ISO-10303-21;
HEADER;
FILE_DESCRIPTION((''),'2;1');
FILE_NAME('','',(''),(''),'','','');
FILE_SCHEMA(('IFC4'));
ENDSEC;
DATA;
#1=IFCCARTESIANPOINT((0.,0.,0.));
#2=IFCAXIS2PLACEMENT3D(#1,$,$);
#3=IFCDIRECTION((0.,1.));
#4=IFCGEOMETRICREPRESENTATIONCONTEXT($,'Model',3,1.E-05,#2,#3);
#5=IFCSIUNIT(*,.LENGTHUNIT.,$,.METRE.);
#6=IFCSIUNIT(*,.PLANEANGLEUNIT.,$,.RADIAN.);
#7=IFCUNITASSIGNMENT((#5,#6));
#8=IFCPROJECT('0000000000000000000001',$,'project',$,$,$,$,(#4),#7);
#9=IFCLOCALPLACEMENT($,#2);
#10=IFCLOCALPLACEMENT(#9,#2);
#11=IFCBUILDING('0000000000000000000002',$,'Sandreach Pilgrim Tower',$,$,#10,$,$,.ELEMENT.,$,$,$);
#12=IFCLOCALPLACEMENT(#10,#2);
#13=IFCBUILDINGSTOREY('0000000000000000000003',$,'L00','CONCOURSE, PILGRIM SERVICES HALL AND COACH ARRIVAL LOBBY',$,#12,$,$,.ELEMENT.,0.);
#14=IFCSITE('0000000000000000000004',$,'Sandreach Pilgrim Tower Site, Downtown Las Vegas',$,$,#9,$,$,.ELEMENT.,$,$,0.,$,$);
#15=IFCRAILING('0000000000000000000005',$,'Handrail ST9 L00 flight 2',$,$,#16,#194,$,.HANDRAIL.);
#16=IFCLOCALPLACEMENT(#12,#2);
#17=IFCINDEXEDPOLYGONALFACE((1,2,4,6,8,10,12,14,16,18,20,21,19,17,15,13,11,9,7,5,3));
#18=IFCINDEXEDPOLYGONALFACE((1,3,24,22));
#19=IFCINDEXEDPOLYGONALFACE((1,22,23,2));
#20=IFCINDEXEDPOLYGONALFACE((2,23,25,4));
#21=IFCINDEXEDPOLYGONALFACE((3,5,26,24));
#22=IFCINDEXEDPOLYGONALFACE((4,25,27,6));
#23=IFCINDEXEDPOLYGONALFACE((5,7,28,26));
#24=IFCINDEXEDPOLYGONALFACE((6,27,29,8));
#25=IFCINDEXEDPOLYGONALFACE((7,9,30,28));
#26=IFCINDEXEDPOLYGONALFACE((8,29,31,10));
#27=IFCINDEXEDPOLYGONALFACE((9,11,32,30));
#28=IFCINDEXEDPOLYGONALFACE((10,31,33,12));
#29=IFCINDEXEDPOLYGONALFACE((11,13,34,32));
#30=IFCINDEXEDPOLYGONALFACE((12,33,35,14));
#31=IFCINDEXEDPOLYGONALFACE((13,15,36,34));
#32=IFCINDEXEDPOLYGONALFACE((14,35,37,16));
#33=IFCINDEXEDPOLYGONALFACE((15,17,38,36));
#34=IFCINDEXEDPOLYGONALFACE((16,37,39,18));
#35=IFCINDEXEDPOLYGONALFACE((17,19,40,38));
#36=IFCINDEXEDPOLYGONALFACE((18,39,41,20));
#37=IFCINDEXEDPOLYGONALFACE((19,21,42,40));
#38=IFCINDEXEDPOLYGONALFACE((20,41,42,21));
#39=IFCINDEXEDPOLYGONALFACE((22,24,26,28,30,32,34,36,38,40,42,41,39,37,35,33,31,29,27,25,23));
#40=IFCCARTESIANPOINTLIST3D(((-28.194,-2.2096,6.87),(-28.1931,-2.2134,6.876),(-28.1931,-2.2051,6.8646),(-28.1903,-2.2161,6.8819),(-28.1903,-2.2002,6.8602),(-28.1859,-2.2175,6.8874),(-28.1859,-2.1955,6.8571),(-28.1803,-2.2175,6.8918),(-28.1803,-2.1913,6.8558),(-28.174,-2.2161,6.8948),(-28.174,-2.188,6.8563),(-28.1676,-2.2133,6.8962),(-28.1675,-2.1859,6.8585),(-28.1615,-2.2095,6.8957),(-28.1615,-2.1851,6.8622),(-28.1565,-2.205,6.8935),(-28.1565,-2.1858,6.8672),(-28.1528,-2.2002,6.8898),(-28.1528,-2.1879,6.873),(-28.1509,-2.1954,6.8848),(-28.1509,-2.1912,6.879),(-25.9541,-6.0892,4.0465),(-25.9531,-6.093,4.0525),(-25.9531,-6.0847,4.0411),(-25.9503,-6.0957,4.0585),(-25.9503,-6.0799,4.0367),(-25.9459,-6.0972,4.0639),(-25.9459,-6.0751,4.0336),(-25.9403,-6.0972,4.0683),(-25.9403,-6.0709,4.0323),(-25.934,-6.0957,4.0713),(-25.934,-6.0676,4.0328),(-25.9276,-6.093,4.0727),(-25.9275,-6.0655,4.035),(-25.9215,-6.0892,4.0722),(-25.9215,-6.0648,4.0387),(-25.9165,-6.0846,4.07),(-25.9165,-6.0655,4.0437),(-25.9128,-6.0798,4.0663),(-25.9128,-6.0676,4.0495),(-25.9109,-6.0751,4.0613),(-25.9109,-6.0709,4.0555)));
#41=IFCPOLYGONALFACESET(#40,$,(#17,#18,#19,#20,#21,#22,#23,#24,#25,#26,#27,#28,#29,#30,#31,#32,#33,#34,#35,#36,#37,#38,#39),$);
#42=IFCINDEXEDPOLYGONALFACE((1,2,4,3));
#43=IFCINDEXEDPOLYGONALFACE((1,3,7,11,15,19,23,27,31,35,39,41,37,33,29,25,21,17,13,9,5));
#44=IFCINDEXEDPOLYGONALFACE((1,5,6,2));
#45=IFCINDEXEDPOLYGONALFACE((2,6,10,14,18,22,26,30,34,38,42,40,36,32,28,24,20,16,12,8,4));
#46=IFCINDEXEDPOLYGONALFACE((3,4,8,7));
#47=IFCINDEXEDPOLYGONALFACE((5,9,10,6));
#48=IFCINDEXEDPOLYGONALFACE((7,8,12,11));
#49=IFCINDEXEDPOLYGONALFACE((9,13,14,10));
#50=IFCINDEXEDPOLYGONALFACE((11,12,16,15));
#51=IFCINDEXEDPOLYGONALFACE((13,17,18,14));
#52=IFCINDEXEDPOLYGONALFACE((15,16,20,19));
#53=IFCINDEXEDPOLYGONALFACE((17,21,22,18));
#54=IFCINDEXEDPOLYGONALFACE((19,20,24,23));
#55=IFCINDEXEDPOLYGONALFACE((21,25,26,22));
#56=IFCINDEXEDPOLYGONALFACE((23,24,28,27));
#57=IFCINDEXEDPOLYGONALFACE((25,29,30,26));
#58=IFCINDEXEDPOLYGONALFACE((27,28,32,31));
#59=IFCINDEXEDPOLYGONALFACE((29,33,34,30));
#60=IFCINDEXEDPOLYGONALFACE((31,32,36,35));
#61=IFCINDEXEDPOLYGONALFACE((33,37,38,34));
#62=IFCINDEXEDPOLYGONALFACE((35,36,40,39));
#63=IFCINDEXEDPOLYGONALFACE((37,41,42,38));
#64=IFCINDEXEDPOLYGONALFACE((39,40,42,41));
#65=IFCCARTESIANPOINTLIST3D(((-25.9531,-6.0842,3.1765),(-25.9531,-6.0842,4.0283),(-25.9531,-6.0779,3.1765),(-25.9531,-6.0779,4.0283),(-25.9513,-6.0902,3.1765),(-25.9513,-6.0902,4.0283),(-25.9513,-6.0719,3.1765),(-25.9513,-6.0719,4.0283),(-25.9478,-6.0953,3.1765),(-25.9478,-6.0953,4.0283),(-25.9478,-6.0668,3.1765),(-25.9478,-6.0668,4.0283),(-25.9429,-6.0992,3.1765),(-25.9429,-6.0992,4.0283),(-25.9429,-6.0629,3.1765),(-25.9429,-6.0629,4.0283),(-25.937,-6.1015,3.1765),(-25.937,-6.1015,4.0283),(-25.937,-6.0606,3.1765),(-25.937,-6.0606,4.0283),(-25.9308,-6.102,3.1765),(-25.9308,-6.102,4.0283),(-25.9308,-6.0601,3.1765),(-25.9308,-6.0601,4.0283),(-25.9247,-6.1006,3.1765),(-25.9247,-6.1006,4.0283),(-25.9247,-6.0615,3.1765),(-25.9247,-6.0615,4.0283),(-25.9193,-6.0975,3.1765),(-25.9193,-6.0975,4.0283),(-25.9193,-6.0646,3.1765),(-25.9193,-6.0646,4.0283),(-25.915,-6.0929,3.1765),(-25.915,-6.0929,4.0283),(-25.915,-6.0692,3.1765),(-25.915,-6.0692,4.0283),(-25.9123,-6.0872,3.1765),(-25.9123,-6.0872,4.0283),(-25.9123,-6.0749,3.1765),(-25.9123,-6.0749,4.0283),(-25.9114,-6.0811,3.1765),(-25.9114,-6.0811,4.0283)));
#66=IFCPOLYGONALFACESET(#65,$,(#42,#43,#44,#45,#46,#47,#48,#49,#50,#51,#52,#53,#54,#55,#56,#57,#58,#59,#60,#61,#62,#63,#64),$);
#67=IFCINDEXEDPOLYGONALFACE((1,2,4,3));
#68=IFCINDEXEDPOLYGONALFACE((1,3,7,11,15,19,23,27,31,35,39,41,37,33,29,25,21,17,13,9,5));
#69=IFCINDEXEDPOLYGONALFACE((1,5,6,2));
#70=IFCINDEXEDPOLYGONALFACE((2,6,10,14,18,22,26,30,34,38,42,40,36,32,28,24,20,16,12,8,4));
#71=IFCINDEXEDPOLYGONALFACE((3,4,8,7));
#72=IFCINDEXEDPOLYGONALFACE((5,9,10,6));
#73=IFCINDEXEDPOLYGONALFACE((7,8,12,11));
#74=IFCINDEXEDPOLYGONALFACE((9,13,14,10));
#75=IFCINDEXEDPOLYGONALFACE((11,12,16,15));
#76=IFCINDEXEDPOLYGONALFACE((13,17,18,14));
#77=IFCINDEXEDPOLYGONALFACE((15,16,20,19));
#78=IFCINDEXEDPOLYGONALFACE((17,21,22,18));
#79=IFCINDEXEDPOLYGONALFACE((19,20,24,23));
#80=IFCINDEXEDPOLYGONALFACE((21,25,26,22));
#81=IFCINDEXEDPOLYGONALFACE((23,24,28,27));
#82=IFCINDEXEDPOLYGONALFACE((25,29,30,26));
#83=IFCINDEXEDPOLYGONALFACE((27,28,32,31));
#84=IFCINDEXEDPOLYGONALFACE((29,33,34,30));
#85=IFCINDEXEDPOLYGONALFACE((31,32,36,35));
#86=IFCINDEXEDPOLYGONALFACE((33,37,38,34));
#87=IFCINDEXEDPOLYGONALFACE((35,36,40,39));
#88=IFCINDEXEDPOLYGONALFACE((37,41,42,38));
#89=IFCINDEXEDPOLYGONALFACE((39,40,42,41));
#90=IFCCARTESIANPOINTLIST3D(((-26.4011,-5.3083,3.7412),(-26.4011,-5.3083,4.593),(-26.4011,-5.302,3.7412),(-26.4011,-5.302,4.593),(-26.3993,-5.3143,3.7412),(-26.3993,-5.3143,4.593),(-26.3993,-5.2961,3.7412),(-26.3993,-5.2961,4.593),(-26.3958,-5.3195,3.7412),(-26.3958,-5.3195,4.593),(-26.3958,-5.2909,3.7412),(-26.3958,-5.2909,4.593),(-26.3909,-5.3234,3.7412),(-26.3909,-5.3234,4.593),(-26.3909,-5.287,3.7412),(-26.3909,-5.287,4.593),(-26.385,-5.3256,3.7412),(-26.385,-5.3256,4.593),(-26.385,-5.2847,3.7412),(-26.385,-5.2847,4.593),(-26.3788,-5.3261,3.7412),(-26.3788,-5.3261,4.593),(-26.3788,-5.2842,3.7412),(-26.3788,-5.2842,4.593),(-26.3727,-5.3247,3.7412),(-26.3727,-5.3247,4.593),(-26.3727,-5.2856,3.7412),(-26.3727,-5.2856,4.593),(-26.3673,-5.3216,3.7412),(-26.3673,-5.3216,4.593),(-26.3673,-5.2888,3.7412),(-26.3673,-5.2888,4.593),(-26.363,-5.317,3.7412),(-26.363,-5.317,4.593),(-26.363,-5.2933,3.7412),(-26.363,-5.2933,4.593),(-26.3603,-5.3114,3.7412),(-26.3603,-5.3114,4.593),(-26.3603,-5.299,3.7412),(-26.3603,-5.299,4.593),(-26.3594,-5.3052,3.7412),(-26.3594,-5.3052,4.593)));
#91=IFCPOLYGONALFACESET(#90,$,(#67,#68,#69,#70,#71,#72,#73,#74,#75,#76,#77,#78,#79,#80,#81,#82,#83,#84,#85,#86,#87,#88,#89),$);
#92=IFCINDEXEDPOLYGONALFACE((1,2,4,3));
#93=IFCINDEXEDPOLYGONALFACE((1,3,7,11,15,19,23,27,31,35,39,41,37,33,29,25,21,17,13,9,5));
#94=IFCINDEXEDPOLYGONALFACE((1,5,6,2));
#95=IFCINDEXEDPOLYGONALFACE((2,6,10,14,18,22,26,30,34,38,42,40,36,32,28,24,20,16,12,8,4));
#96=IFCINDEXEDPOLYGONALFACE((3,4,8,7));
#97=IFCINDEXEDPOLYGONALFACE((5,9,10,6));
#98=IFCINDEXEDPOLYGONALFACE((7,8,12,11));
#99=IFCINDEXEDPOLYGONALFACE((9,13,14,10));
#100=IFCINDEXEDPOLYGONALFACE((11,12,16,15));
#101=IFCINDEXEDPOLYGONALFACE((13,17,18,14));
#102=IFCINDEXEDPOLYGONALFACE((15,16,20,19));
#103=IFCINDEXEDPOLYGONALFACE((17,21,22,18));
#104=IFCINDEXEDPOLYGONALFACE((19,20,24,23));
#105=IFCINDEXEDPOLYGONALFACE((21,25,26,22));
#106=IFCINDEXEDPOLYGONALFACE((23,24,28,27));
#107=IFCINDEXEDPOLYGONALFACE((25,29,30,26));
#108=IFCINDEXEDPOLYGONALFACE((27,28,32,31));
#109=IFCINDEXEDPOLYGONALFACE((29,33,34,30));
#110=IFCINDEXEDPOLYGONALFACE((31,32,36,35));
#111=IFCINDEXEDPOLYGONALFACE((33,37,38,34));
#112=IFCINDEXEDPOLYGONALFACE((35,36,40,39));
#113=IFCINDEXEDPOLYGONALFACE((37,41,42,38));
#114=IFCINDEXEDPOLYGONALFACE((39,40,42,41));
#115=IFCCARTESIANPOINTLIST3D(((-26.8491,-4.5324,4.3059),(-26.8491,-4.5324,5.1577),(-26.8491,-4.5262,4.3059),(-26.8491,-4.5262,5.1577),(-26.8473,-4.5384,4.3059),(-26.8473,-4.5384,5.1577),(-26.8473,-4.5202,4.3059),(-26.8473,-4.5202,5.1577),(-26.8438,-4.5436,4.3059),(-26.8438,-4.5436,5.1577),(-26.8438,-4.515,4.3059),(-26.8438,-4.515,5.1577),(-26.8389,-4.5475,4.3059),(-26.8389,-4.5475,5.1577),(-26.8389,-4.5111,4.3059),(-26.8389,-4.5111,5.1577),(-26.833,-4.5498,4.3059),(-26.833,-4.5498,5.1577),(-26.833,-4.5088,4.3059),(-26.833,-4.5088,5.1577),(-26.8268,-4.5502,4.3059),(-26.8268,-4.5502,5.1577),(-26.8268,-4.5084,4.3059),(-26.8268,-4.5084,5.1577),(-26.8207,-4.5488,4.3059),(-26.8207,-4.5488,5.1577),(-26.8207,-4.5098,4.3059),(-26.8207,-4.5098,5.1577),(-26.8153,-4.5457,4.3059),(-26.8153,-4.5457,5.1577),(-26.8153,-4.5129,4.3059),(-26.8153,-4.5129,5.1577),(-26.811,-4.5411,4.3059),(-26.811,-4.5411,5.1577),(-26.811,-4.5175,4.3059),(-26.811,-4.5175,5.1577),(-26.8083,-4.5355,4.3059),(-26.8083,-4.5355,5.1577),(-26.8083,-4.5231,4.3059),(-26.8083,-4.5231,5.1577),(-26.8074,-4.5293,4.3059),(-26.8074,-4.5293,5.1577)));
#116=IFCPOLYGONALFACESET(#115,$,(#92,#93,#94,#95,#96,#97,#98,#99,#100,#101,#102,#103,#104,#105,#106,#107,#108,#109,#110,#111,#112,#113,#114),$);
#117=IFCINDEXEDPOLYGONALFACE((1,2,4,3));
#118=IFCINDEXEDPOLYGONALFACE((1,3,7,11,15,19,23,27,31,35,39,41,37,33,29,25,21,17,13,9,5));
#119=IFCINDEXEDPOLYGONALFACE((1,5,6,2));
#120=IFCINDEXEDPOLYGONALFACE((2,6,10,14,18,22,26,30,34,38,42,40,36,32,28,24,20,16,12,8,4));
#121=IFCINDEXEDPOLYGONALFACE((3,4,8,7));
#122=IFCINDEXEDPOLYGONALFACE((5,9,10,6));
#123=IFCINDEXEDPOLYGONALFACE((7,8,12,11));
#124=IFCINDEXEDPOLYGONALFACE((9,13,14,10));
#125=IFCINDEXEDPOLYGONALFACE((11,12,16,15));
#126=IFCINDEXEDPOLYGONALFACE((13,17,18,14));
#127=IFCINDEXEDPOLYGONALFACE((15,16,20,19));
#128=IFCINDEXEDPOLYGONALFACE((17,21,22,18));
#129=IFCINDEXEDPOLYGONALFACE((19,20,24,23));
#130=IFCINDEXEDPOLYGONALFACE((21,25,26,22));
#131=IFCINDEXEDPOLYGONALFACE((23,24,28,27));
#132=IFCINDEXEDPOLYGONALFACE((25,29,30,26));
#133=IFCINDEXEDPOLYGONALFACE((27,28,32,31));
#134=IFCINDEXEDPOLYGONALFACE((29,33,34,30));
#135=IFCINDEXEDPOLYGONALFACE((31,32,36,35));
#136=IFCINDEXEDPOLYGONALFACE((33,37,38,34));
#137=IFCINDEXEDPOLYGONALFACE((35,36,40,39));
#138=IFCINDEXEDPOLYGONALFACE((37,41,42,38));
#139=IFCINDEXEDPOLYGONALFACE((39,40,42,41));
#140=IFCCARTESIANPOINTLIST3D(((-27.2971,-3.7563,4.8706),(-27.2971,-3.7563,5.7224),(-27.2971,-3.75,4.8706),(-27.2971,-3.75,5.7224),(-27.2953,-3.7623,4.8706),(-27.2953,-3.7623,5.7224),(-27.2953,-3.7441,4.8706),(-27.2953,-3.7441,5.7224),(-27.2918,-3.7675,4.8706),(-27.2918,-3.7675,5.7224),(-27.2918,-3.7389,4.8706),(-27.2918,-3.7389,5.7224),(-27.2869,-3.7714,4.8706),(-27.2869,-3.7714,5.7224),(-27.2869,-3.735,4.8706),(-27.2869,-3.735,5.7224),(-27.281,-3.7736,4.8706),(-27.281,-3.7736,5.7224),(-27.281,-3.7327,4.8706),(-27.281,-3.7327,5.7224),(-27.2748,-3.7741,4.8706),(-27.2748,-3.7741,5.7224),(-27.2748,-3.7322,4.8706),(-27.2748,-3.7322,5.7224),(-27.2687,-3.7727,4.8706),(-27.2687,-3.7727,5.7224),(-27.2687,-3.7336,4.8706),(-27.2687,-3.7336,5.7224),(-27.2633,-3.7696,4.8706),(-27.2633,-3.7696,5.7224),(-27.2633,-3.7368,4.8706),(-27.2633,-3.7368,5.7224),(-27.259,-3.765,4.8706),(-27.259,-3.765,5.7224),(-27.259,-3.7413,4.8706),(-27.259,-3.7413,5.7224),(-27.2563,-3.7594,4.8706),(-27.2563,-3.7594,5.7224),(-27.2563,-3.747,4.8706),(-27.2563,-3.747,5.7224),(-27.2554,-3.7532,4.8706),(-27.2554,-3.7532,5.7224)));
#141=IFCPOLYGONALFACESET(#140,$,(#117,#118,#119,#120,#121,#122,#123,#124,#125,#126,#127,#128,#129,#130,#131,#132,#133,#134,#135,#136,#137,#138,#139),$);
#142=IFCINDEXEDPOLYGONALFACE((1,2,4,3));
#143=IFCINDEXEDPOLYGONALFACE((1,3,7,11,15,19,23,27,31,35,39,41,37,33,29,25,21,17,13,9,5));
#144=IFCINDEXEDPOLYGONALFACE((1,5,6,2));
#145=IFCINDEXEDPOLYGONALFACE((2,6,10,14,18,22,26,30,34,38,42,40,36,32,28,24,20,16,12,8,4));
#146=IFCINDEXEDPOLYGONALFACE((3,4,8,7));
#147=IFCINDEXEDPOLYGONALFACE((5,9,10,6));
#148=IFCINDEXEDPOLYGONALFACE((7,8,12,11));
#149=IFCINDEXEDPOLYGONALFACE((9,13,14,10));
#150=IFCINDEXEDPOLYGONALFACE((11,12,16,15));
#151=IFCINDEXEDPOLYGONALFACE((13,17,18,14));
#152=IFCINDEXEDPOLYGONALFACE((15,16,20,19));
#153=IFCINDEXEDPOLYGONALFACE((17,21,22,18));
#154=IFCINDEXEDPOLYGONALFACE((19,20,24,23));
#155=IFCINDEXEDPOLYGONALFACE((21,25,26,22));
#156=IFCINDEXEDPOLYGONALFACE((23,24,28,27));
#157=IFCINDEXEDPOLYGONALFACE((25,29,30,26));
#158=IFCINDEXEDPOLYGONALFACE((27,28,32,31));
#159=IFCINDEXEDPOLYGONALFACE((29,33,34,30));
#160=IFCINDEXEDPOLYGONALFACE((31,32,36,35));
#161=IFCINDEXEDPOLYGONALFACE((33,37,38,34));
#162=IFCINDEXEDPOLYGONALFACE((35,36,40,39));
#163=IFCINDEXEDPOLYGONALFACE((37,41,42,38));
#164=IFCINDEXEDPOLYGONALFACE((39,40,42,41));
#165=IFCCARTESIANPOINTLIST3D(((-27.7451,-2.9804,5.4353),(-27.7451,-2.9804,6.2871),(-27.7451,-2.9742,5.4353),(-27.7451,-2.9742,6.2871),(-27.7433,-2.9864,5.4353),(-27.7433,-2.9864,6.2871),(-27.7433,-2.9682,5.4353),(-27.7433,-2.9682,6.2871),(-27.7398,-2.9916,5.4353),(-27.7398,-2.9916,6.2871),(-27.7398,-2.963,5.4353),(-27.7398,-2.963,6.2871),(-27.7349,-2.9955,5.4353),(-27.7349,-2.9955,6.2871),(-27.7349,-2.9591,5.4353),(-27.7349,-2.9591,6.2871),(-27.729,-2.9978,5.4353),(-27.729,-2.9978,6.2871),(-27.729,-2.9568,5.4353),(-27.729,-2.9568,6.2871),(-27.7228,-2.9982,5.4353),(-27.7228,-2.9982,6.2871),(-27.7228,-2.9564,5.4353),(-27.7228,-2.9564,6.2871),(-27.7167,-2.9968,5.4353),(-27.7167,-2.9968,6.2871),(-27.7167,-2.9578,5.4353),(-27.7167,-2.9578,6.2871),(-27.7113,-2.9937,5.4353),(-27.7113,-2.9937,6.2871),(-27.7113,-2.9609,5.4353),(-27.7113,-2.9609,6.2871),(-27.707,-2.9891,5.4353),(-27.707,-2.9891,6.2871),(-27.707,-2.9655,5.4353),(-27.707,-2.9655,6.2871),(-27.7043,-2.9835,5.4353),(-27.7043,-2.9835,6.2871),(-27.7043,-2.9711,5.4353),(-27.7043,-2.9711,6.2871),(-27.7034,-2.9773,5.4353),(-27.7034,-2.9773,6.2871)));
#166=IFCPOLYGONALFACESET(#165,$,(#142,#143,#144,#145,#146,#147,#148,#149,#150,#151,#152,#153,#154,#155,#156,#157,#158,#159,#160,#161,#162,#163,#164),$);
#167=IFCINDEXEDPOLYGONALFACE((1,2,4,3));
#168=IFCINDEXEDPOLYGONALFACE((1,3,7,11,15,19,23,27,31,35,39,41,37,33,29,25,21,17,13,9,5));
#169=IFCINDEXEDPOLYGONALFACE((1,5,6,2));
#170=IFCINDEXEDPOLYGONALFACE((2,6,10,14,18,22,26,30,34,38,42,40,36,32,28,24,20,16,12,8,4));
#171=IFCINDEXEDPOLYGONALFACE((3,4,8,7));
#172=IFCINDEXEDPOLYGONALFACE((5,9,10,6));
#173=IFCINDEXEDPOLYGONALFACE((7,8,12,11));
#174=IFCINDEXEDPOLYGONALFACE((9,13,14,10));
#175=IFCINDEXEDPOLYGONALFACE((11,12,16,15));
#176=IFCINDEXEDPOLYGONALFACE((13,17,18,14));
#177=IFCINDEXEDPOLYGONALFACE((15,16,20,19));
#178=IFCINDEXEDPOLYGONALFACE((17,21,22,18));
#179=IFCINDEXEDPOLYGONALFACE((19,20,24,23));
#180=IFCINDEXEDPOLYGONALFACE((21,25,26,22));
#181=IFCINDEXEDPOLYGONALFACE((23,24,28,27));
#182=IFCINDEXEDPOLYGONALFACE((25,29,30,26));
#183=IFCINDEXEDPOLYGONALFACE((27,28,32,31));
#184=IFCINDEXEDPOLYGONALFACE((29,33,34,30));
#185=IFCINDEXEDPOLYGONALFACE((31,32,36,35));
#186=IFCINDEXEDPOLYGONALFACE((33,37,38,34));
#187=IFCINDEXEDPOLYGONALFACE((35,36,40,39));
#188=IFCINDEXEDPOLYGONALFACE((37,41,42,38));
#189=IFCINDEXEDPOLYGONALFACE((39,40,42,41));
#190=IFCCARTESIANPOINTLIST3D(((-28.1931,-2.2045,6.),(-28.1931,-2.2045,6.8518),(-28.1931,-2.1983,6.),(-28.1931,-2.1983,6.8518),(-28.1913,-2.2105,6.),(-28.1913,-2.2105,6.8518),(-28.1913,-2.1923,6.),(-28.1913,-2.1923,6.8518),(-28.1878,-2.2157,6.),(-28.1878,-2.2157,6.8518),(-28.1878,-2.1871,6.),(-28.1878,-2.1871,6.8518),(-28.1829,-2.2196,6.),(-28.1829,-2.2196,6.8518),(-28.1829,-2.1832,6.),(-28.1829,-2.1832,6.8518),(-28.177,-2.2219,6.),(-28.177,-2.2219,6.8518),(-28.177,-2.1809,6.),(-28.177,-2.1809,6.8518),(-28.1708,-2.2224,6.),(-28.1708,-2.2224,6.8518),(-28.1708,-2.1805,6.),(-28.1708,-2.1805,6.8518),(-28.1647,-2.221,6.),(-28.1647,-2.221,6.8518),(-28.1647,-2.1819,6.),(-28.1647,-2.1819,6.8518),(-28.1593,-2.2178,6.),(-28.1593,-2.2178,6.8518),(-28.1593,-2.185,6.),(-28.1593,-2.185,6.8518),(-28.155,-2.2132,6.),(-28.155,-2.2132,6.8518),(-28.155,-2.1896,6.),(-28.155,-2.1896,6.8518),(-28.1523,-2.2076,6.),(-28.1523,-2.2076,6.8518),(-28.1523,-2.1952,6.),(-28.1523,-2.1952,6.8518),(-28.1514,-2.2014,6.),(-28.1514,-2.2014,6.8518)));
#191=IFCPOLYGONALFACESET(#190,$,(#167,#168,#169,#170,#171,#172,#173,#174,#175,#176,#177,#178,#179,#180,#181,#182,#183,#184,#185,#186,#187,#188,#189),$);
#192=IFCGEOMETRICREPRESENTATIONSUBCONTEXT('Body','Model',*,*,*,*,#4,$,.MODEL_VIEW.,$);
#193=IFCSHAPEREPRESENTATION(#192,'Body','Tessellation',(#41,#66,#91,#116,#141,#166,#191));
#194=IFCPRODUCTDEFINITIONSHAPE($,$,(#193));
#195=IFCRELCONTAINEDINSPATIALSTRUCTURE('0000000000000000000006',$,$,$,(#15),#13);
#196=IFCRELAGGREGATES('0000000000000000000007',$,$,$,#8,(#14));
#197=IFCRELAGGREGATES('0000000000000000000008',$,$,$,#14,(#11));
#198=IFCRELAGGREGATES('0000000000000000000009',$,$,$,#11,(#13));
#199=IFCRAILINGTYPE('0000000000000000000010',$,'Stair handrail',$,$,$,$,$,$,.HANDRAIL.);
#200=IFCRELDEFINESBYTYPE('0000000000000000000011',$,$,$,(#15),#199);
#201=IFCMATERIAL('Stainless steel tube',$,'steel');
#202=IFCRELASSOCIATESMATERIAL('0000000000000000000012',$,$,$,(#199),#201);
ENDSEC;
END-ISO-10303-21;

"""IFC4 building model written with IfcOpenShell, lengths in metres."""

from ifc_helpers import new_model, si_unit, direction, frame, origin, origin_2d, place, context, subcontext, project, spatial, circle, extrude, material, type_object, element, save


model = new_model("IFC4")

# Units and contexts
model_context = context("Model", 3, precision=1e-05, world=origin(), true_north=direction((0.0, 1.0)))
body_context = subcontext(model_context, "Body", "Model", "MODEL_VIEW")
ifc_project = project(units=[si_unit("LENGTHUNIT", "METRE"), si_unit("PLANEANGLEUNIT", "RADIAN")], contexts=[model_context])

# Site, building, storey
site_placement = place(None, origin())
site = spatial("IfcSite", under=ifc_project, at=site_placement, Name="Sandreach Pilgrim Tower Site, Downtown Las Vegas", CompositionType="ELEMENT", RefElevation=0.0)
building_placement = place(site_placement, origin())
building = spatial("IfcBuilding", under=site, at=building_placement, Name="Sandreach Pilgrim Tower", CompositionType="ELEMENT")
storey_placement = place(building_placement, origin())
storey = spatial("IfcBuildingStorey", under=building, at=storey_placement, Name="L00", Description="CONCOURSE, PILGRIM SERVICES HALL AND COACH ARRIVAL LOBBY", CompositionType="ELEMENT", Elevation=0.0)

# Railing
ifc_material_1 = material(Name="Stainless steel tube", Category="steel")
railing_type = type_object("IfcRailingType", Name="Stair handrail", PredefinedType="HANDRAIL", material=ifc_material_1)
railing_1_placement = place(storey_placement, frame((-25.9324, -6.0811, 3.1765)))
element("IfcRailing", 1, at=railing_1_placement, inside=storey, type_object=railing_type, Name="Handrail ST9 L00 flight 2", PredefinedType="HANDRAIL", context=body_context, shape_type="SweptSolid", body=[
    extrude(circle(Radius=0.0239, at=origin_2d()), frame((0.0, 0.0, 0.876), z_axis=(-0.423007, 0.732644, 0.533196), x_axis=(-0.866018, -0.500013, 0.0)), (0.0, 0.0, 1.0), 5.2954),
    extrude(circle(Radius=0.021, at=origin_2d()), origin(), (0.0, 0.0, 1.0), 0.8518),
    extrude(circle(Radius=0.021, at=origin_2d()), frame((-0.448, 0.7759, 0.5647)), (0.0, 0.0, 1.0), 0.8518),
    extrude(circle(Radius=0.021, at=origin_2d()), frame((-0.896, 1.5518, 1.1294)), (0.0, 0.0, 1.0), 0.8518),
    extrude(circle(Radius=0.021, at=origin_2d()), frame((-1.344, 2.3279, 1.6941)), (0.0, 0.0, 1.0), 0.8518),
    extrude(circle(Radius=0.021, at=origin_2d()), frame((-1.792, 3.1038, 2.2588)), (0.0, 0.0, 1.0), 0.8518),
    extrude(circle(Radius=0.021, at=origin_2d()), frame((-2.24, 3.8796, 2.8235)), (0.0, 0.0, 1.0), 0.8518),
])

save(model, "model.ifc")
